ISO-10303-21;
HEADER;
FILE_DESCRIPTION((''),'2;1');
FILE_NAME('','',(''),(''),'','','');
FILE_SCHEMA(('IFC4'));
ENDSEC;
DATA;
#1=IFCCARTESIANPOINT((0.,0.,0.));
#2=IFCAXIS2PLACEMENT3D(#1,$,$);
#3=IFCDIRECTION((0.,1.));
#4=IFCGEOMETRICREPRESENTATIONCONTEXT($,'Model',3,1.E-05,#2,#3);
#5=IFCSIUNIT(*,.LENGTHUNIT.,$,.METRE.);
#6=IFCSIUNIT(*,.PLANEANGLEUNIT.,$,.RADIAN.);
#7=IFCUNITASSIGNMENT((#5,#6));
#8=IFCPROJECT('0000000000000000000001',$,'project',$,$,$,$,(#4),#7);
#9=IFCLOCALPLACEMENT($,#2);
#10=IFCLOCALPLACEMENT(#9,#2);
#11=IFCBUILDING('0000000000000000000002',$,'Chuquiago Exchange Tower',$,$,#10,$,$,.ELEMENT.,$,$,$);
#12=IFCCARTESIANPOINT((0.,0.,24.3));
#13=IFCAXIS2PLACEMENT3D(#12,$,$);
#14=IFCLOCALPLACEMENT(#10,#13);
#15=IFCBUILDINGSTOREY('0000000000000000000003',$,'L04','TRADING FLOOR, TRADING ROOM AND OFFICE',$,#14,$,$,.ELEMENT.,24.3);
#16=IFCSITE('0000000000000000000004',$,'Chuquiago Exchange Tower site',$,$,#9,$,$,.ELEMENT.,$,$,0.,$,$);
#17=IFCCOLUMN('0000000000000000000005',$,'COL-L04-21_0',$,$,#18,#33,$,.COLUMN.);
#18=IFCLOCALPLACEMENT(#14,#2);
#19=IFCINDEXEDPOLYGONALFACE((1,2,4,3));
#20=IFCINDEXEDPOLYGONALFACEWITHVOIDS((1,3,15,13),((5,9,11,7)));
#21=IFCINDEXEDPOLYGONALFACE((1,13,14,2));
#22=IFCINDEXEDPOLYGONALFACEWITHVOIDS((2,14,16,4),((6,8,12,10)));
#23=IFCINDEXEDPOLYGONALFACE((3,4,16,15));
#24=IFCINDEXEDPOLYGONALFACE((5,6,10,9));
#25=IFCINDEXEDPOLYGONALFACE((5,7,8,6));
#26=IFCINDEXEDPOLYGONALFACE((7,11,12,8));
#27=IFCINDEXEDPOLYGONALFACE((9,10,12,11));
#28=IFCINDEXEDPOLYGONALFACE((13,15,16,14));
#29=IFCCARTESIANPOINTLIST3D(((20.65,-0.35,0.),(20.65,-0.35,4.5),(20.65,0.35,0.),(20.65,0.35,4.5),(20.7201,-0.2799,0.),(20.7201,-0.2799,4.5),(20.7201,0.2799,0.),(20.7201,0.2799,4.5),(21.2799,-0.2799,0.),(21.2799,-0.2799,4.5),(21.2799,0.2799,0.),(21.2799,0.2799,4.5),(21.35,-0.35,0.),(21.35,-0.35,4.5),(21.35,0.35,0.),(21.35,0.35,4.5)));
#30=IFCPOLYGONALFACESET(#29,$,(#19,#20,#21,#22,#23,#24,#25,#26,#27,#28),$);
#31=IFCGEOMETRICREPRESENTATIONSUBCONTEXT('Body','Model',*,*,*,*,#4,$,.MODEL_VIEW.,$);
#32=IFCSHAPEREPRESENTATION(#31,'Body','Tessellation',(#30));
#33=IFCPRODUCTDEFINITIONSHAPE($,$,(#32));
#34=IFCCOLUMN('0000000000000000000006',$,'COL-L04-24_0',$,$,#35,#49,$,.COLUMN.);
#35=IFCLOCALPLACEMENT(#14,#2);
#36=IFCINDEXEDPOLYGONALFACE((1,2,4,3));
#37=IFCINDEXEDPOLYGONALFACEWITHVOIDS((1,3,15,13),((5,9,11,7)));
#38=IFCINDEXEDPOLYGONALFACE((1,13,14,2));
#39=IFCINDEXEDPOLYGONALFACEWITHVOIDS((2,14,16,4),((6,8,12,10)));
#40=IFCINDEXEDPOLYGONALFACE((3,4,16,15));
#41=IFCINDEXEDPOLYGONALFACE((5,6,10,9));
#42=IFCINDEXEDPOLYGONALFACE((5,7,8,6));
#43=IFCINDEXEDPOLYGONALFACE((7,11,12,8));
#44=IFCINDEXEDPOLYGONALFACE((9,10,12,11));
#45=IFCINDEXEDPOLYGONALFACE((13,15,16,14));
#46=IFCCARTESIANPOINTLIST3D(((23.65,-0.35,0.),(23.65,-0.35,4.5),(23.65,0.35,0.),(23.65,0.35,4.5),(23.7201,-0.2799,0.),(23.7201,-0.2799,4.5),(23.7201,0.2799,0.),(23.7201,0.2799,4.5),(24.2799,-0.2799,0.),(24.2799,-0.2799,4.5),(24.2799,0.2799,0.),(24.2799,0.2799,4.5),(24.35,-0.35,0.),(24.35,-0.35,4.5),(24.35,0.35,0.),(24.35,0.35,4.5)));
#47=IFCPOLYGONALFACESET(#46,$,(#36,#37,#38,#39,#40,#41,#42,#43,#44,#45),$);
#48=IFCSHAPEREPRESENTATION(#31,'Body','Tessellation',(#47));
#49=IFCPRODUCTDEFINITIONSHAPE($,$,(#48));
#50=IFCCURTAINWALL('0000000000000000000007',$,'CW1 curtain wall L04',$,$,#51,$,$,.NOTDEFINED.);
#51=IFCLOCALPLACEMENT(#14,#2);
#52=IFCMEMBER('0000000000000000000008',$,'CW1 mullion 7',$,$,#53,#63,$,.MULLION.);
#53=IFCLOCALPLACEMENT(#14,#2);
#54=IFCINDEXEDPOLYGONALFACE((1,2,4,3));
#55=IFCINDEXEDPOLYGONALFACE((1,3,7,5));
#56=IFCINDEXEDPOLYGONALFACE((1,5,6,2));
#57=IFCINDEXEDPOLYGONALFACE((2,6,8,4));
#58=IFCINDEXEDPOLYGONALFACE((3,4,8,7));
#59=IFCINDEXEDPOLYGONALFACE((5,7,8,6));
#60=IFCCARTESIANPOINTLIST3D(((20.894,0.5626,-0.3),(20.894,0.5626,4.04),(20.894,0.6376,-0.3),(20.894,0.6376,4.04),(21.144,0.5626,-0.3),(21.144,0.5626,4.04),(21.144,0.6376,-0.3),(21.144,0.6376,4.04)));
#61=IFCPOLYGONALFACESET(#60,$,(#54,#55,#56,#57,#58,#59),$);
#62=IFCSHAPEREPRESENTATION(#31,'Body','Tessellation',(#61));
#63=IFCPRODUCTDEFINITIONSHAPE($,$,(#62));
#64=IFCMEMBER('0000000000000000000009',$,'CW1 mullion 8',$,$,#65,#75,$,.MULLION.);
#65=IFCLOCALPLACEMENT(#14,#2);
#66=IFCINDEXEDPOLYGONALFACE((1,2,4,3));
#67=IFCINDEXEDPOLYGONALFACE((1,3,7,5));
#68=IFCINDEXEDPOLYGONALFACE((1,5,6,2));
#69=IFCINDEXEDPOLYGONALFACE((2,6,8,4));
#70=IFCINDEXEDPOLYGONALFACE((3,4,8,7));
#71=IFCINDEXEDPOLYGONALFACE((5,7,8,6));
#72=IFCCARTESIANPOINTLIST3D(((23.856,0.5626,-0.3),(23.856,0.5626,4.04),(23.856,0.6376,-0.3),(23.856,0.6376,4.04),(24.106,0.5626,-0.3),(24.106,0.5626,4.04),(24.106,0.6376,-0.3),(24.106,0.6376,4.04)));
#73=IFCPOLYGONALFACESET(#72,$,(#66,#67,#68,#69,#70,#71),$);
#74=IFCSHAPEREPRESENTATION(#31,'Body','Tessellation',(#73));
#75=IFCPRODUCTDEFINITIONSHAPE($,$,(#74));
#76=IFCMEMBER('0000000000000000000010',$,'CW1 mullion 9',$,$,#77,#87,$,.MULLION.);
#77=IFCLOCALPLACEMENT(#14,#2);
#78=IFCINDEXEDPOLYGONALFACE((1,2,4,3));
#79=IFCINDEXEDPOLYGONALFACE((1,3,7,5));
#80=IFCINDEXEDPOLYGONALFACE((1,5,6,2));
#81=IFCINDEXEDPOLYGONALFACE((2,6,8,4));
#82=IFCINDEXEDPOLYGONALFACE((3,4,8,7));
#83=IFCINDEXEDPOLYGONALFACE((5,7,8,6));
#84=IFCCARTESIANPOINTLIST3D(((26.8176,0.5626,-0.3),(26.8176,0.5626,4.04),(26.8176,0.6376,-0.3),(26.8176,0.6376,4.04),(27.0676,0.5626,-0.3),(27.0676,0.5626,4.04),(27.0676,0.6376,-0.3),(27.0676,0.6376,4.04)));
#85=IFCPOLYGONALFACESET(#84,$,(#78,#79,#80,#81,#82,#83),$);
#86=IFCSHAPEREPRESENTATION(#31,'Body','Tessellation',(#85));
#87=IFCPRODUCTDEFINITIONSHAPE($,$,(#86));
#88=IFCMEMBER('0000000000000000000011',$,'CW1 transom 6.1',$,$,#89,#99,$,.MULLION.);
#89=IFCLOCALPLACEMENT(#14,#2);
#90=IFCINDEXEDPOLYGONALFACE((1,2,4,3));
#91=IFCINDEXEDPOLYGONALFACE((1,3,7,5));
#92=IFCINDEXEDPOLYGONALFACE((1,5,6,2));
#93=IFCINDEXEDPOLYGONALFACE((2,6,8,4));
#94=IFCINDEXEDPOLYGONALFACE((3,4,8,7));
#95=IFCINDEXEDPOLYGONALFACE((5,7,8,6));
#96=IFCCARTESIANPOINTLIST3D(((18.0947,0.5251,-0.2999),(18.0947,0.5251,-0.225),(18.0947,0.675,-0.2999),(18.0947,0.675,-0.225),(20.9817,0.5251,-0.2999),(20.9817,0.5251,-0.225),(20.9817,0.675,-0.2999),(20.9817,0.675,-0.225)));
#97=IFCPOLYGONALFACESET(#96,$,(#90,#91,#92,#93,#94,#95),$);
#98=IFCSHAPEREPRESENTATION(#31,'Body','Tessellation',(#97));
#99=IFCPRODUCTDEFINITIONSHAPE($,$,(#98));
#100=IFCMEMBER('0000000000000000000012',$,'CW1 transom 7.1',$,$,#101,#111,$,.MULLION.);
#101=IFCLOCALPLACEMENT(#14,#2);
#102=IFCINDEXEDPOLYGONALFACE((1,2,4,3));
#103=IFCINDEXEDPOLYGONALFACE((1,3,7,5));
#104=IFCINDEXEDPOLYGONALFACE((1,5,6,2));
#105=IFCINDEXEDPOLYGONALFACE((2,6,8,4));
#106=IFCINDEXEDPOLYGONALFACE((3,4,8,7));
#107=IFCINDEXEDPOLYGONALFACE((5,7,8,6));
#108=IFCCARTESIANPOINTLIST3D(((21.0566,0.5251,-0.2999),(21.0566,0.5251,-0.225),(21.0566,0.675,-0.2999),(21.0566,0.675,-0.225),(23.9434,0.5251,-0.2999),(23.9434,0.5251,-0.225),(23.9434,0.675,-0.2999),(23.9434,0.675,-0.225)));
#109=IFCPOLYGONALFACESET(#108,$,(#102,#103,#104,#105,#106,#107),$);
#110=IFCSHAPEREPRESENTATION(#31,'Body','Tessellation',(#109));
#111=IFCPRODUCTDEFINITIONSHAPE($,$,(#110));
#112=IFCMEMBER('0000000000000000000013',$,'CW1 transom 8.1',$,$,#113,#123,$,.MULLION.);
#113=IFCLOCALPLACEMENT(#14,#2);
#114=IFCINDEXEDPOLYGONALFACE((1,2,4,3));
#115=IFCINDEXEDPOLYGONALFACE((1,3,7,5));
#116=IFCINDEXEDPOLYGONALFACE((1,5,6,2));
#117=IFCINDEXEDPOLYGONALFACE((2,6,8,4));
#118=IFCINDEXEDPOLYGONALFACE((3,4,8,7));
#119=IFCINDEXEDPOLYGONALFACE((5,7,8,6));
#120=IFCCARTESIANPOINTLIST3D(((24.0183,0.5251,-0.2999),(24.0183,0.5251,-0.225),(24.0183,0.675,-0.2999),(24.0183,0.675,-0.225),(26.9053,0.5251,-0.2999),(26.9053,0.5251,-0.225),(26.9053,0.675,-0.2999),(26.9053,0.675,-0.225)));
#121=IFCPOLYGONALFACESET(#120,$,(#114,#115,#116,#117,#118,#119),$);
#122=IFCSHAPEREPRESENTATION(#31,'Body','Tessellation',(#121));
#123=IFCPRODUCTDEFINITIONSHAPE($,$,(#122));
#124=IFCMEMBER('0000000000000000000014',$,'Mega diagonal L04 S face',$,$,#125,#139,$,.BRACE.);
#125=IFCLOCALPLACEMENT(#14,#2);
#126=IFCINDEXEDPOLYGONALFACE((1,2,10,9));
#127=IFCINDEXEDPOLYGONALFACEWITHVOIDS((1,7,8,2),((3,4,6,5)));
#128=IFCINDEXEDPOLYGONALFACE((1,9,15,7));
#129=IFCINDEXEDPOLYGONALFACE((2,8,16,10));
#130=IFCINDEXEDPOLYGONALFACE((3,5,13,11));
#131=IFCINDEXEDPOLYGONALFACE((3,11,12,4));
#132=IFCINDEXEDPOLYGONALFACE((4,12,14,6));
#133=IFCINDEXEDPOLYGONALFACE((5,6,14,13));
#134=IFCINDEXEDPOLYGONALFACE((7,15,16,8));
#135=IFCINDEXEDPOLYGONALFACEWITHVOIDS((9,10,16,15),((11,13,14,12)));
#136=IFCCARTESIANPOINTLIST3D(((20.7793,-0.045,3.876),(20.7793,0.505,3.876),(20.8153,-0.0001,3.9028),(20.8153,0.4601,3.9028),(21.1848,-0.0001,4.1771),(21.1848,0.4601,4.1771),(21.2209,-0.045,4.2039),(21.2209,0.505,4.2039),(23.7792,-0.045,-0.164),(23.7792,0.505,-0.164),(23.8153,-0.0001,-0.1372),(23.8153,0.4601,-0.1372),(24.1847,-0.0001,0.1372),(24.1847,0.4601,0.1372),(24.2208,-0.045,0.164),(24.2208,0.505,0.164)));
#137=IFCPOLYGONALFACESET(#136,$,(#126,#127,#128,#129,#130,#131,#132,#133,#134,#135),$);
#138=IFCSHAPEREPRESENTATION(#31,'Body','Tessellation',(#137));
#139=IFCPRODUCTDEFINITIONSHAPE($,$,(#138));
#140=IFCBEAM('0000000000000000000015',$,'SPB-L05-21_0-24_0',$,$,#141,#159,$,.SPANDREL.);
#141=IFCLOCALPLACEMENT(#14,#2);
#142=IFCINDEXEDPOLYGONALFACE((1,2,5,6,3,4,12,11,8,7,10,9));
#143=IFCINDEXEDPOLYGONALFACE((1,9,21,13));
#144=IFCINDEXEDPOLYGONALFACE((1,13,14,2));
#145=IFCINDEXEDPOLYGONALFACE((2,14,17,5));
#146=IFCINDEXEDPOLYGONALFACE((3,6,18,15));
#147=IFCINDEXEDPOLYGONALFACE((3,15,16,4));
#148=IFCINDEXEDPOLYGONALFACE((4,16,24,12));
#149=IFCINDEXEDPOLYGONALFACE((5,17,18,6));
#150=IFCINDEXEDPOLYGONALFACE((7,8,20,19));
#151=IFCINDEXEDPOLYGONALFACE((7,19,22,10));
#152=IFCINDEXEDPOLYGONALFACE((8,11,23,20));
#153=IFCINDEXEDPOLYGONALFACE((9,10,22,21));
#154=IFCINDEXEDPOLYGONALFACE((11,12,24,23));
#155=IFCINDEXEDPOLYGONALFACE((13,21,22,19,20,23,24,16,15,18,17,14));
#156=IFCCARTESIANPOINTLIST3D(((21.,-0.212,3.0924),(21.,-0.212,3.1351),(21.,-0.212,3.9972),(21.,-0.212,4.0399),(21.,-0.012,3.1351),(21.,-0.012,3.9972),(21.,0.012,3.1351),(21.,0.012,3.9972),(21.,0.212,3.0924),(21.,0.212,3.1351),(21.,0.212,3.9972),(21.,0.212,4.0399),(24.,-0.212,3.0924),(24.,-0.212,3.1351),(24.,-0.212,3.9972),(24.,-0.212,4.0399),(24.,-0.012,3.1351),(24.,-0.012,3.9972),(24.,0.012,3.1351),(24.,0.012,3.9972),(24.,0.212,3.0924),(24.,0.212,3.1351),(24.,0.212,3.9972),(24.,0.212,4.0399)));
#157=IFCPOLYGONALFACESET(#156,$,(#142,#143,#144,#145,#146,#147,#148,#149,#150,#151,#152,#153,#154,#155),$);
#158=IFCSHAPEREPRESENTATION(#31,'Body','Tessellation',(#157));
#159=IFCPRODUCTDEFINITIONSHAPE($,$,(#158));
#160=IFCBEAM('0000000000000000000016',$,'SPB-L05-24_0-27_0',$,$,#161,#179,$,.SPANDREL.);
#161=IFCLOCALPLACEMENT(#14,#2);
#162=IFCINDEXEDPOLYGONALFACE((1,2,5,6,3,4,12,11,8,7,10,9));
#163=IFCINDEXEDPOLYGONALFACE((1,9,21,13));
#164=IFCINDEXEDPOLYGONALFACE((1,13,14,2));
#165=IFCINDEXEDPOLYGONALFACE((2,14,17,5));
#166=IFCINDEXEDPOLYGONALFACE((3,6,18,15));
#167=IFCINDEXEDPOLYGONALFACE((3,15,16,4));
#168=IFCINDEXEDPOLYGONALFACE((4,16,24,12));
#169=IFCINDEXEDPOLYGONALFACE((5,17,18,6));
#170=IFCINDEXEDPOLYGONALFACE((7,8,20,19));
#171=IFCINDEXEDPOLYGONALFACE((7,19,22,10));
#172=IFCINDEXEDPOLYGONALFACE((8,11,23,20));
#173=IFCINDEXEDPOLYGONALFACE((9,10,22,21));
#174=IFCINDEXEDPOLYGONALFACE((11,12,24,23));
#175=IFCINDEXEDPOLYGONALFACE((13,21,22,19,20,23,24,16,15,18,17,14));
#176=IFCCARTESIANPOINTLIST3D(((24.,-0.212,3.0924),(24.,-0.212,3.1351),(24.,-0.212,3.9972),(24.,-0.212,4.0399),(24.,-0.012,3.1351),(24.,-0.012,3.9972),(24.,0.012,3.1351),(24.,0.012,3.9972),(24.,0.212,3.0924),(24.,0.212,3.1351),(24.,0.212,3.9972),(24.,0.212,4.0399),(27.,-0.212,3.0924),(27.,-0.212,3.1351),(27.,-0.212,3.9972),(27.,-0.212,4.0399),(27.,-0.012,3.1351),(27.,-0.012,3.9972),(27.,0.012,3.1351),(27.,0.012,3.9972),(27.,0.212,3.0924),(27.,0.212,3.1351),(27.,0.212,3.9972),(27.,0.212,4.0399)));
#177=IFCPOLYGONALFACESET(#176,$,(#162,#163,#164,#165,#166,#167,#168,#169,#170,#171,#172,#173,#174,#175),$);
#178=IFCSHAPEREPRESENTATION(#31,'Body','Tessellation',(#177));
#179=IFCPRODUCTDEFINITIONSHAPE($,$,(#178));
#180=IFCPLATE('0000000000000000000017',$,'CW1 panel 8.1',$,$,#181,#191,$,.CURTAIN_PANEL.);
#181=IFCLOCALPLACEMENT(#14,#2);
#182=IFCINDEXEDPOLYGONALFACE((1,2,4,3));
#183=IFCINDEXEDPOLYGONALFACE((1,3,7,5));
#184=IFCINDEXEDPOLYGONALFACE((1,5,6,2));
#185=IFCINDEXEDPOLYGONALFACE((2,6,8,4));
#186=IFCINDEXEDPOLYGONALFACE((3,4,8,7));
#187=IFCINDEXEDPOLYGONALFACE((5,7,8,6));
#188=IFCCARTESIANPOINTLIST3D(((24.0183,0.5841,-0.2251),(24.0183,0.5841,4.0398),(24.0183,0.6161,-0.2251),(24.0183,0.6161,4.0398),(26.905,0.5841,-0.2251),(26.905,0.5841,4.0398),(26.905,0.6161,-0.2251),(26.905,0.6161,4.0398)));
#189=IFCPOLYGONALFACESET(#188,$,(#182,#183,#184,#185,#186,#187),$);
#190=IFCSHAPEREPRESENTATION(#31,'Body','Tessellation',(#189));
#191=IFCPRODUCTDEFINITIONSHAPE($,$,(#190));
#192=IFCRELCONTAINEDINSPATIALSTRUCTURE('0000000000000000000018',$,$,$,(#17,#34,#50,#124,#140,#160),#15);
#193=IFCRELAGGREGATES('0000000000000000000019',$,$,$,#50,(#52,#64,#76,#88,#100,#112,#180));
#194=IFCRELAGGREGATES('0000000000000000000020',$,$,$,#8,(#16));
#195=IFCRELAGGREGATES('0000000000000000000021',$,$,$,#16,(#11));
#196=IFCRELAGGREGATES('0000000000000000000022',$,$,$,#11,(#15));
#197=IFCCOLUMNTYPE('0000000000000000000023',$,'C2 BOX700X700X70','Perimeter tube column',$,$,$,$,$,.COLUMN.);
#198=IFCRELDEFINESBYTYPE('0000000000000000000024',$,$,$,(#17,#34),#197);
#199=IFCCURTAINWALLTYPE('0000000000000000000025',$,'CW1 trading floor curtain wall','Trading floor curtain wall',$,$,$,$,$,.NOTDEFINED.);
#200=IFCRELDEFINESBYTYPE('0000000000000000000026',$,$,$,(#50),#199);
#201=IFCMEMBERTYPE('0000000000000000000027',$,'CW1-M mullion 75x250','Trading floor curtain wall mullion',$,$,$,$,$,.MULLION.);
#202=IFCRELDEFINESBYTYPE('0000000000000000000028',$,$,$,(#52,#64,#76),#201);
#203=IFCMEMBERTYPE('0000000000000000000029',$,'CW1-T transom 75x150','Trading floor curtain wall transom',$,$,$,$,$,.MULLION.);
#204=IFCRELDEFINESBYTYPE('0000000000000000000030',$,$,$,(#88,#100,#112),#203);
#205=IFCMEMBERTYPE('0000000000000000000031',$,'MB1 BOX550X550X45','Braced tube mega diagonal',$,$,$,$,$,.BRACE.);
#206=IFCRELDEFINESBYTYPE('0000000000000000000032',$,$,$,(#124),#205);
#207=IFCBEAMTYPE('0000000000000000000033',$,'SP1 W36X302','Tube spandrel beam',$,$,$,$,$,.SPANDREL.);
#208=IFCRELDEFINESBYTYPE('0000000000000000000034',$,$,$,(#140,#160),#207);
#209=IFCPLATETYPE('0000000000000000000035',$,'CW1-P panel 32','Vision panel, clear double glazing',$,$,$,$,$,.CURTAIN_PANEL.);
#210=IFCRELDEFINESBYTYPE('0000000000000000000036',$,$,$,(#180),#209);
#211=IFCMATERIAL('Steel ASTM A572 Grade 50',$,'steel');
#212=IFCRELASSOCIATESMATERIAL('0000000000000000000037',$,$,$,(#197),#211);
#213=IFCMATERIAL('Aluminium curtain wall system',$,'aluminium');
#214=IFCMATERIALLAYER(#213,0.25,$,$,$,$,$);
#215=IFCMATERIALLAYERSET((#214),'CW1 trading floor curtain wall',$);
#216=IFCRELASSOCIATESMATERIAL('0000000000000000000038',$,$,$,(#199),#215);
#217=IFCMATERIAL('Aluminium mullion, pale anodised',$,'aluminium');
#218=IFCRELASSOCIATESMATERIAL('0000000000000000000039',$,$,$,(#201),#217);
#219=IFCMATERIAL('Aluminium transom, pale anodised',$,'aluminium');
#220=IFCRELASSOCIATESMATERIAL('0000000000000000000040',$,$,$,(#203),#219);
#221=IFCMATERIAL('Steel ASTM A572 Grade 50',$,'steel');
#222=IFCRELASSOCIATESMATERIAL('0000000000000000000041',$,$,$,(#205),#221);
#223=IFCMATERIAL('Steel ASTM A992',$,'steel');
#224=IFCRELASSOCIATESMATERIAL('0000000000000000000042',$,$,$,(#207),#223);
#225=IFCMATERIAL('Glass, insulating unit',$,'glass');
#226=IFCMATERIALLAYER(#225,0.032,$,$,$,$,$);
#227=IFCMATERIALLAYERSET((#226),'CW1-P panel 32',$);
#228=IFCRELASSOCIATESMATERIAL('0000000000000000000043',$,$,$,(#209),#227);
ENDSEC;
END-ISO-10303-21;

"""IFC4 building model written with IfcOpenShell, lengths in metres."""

from ifc_helpers import new_model, si_unit, direction, frame, origin, origin_2d, place, context, subcontext, project, spatial, rectangle, hollow_rectangle, i_section, extrude, material, layer, layer_set, material_profile, profile_set, type_object, element, aggregate, save


model = new_model("IFC4")

# Units and contexts
model_context = context("Model", 3, precision=1e-05, world=origin(), true_north=direction((0.0, 1.0)))
body_context = subcontext(model_context, "Body", "Model", "MODEL_VIEW")
ifc_project = project(units=[si_unit("LENGTHUNIT", "METRE"), si_unit("PLANEANGLEUNIT", "RADIAN")], contexts=[model_context])

# Site, building, storey
site_placement = place(None, origin())
site = spatial("IfcSite", under=ifc_project, at=site_placement, Name="Chuquiago Exchange Tower site", CompositionType="ELEMENT", RefElevation=0.0)
building_placement = place(site_placement, origin())
building = spatial("IfcBuilding", under=site, at=building_placement, Name="Chuquiago Exchange Tower", CompositionType="ELEMENT")
storey_placement = place(building_placement, frame((0.0, 0.0, 24.3)))
storey = spatial("IfcBuildingStorey", under=building, at=storey_placement, Name="L04", Description="TRADING FLOOR, TRADING ROOM AND OFFICE", CompositionType="ELEMENT", Elevation=24.3)

# Columns
ifc_material_1 = material(Name="Steel ASTM A572 Grade 50", Category="steel")
ifc_material_profile_1 = material_profile(ifc_material_1, hollow_rectangle(XDim=0.7, YDim=0.7, WallThickness=0.0701, at=origin_2d()), Name="BOX700X700X70")
ifc_profile_set_1 = profile_set([ifc_material_profile_1], Name="Steel ASTM A572 Grade 50")
column_type = type_object("IfcColumnType", Name="C2 BOX700X700X70", Description="Perimeter tube column", PredefinedType="COLUMN", material=ifc_profile_set_1)
for number, where, z_axis, x_axis, name in (
    (1, (21.0, 0.0, 0.0), (0.0, 0.0, 1.0), (0.0, -1.0, 0.0), "COL-L04-21_0"),
    (2, (24.0, 0.0, 0.0), (0.0, 0.0, 1.0), (0.0, -1.0, 0.0), "COL-L04-24_0"),
):
    element("IfcColumn", number, at=place(storey_placement, frame(where, z_axis=z_axis, x_axis=x_axis)), inside=storey, type_object=column_type, Name=name, PredefinedType="COLUMN", context=body_context, shape_type="SweptSolid", body=[
        extrude(hollow_rectangle(XDim=0.7, YDim=0.7, WallThickness=0.0701, at=origin_2d()), origin(), (0.0, 0.0, 1.0), 4.5),
    ])

# Curtain wall, members
ifc_material_2 = material(Name="Aluminium curtain wall system", Category="aluminium")
ifc_layer_1 = layer(ifc_material_2, 0.25)
ifc_layer_set_1 = layer_set([ifc_layer_1], Name="CW1 trading floor curtain wall")
curtain_wall_type = type_object("IfcCurtainWallType", Name="CW1 trading floor curtain wall", Description="Trading floor curtain wall", PredefinedType="NOTDEFINED", material=ifc_layer_set_1)
curtain_wall_placement = place(storey_placement, origin())
curtain_wall = element("IfcCurtainWall", 3, at=curtain_wall_placement, inside=storey, type_object=curtain_wall_type, Name="CW1 curtain wall L04", PredefinedType="NOTDEFINED")
ifc_material_3 = material(Name="Aluminium mullion, pale anodised", Category="aluminium")
ifc_material_profile_2 = material_profile(ifc_material_3, rectangle(XDim=0.075, YDim=0.25, at=origin_2d()), Name="AL 75x250")
ifc_profile_set_2 = profile_set([ifc_material_profile_2], Name="Aluminium mullion, pale anodised")
member_type_1 = type_object("IfcMemberType", Name="CW1-M mullion 75x250", Description="Trading floor curtain wall mullion", PredefinedType="MULLION", material=ifc_profile_set_2)
member_1_placement = place(storey_placement, frame((21.019, 0.6001, -0.3), z_axis=(0.0, 0.0, 1.0), x_axis=(0.0, 1.0, 0.0)))
member_1 = element("IfcMember", 4, at=member_1_placement, type_object=member_type_1, Name="CW1 mullion 7", PredefinedType="MULLION", context=body_context, shape_type="SweptSolid", body=[
    extrude(rectangle(XDim=0.075, YDim=0.25, at=origin_2d()), origin(), (0.0, 0.0, 1.0), 4.3401),
])
member_2_placement = place(storey_placement, frame((23.981, 0.6001, -0.3), z_axis=(0.0, 0.0, 1.0), x_axis=(0.0, 1.0, 0.0)))
member_2 = element("IfcMember", 5, at=member_2_placement, type_object=member_type_1, Name="CW1 mullion 8", PredefinedType="MULLION", context=body_context, shape_type="SweptSolid", body=[
    extrude(rectangle(XDim=0.075, YDim=0.25, at=origin_2d()), origin(), (0.0, 0.0, 1.0), 4.3401),
])
member_3_placement = place(storey_placement, frame((26.9426, 0.6001, -0.3), z_axis=(0.0, 0.0, 1.0), x_axis=(0.0, 1.0, 0.0)))
member_3 = element("IfcMember", 6, at=member_3_placement, type_object=member_type_1, Name="CW1 mullion 9", PredefinedType="MULLION", context=body_context, shape_type="SweptSolid", body=[
    extrude(rectangle(XDim=0.075, YDim=0.25, at=origin_2d()), origin(), (0.0, 0.0, 1.0), 4.3401),
])
ifc_material_4 = material(Name="Aluminium transom, pale anodised", Category="aluminium")
ifc_material_profile_3 = material_profile(ifc_material_4, rectangle(XDim=0.1499, YDim=0.075, at=origin_2d()), Name="AL 150x75")
ifc_profile_set_3 = profile_set([ifc_material_profile_3], Name="Aluminium transom, pale anodised")
member_type_2 = type_object("IfcMemberType", Name="CW1-T transom 75x150", Description="Trading floor curtain wall transom", PredefinedType="MULLION", material=ifc_profile_set_3)
member_4_placement = place(storey_placement, frame((18.0947, 0.6001, -0.2625), z_axis=(1.0, 0.0, 0.0), x_axis=(0.0, 1.0, 0.0)))
member_4 = element("IfcMember", 7, at=member_4_placement, type_object=member_type_2, Name="CW1 transom 6.1", PredefinedType="MULLION", context=body_context, shape_type="SweptSolid", body=[
    extrude(rectangle(XDim=0.1499, YDim=0.075, at=origin_2d()), origin(), (0.0, 0.0, 1.0), 2.887),
])
member_5_placement = place(storey_placement, frame((21.0566, 0.6001, -0.2625), z_axis=(1.0, 0.0, 0.0), x_axis=(0.0, 1.0, 0.0)))
member_5 = element("IfcMember", 8, at=member_5_placement, type_object=member_type_2, Name="CW1 transom 7.1", PredefinedType="MULLION", context=body_context, shape_type="SweptSolid", body=[
    extrude(rectangle(XDim=0.1499, YDim=0.075, at=origin_2d()), origin(), (0.0, 0.0, 1.0), 2.8867),
])
member_6_placement = place(storey_placement, frame((24.0183, 0.6001, -0.2625), z_axis=(1.0, 0.0, 0.0), x_axis=(0.0, 1.0, 0.0)))
member_6 = element("IfcMember", 9, at=member_6_placement, type_object=member_type_2, Name="CW1 transom 8.1", PredefinedType="MULLION", context=body_context, shape_type="SweptSolid", body=[
    extrude(rectangle(XDim=0.1499, YDim=0.075, at=origin_2d()), origin(), (0.0, 0.0, 1.0), 2.887),
])

# Member
ifc_material_5 = material(Name="Steel ASTM A572 Grade 50", Category="steel")
ifc_material_profile_4 = material_profile(ifc_material_5, hollow_rectangle(XDim=0.55, YDim=0.55, WallThickness=0.0449, at=origin_2d()), Name="BOX550X550X45")
ifc_profile_set_4 = profile_set([ifc_material_profile_4], Name="Steel ASTM A572 Grade 50")
member_type_3 = type_object("IfcMemberType", Name="MB1 BOX550X550X45", Description="Braced tube mega diagonal", PredefinedType="BRACE", material=ifc_profile_set_4)
member_7_placement = place(storey_placement, frame((24.0, 0.23, 0.0), z_axis=(-0.596174, 0.0, 0.802855), x_axis=(0.0, -1.0, 0.0)))
element("IfcMember", 10, at=member_7_placement, inside=storey, type_object=member_type_3, Name="Mega diagonal L04 S face", PredefinedType="BRACE", context=body_context, shape_type="SweptSolid", body=[
    extrude(hollow_rectangle(XDim=0.55, YDim=0.55, WallThickness=0.0449, at=origin_2d()), origin(), (0.0, 0.0, 1.0), 5.032),
])

# Beams
ifc_material_6 = material(Name="Steel ASTM A992", Category="steel")
ifc_material_profile_5 = material_profile(ifc_material_6, i_section(OverallWidth=0.4241, OverallDepth=0.9475, WebThickness=0.0239, FlangeThickness=0.0427, at=origin_2d()), Name="W36X302")
ifc_profile_set_5 = profile_set([ifc_material_profile_5], Name="Steel ASTM A992")
beam_type = type_object("IfcBeamType", Name="SP1 W36X302", Description="Tube spandrel beam", PredefinedType="SPANDREL", material=ifc_profile_set_5)
for number, where, z_axis, x_axis, name in (
    (11, (21.0, 0.0, 3.5662), (1.0, 0.0, 0.0), (0.0, 1.0, 0.0), "SPB-L05-21_0-24_0"),
    (12, (24.0, 0.0, 3.5662), (1.0, 0.0, 0.0), (0.0, 1.0, 0.0), "SPB-L05-24_0-27_0"),
):
    element("IfcBeam", number, at=place(storey_placement, frame(where, z_axis=z_axis, x_axis=x_axis)), inside=storey, type_object=beam_type, Name=name, PredefinedType="SPANDREL", context=body_context, shape_type="SweptSolid", body=[
        extrude(i_section(OverallWidth=0.4241, OverallDepth=0.9475, WebThickness=0.0239, FlangeThickness=0.0427, at=origin_2d()), origin(), (0.0, 0.0, 1.0), 3.0),
    ])

# Plate
ifc_material_7 = material(Name="Glass, insulating unit", Category="glass")
ifc_layer_2 = layer(ifc_material_7, 0.032)
ifc_layer_set_2 = layer_set([ifc_layer_2], Name="CW1-P panel 32")
plate_type_1 = type_object("IfcPlateType", Name="CW1-P panel 32", Description="Vision panel, clear double glazing", PredefinedType="CURTAIN_PANEL", material=ifc_layer_set_2)
plate_1_placement = place(storey_placement, frame((25.4617, 0.6001, -0.2251), z_axis=(0.0, 0.0, 1.0), x_axis=(1.0, 0.0, 0.0)))
plate_1 = element("IfcPlate", 13, at=plate_1_placement, type_object=plate_type_1, Name="CW1 panel 8.1", PredefinedType="CURTAIN_PANEL", context=body_context, shape_type="SweptSolid", body=[
    extrude(rectangle(XDim=2.8867, YDim=0.032, at=origin_2d()), origin(), (0.0, 0.0, 1.0), 4.2649),
])
aggregate(curtain_wall, [member_1, member_2, member_3, member_4, member_5, member_6, plate_1])

save(model, "model.ifc")
